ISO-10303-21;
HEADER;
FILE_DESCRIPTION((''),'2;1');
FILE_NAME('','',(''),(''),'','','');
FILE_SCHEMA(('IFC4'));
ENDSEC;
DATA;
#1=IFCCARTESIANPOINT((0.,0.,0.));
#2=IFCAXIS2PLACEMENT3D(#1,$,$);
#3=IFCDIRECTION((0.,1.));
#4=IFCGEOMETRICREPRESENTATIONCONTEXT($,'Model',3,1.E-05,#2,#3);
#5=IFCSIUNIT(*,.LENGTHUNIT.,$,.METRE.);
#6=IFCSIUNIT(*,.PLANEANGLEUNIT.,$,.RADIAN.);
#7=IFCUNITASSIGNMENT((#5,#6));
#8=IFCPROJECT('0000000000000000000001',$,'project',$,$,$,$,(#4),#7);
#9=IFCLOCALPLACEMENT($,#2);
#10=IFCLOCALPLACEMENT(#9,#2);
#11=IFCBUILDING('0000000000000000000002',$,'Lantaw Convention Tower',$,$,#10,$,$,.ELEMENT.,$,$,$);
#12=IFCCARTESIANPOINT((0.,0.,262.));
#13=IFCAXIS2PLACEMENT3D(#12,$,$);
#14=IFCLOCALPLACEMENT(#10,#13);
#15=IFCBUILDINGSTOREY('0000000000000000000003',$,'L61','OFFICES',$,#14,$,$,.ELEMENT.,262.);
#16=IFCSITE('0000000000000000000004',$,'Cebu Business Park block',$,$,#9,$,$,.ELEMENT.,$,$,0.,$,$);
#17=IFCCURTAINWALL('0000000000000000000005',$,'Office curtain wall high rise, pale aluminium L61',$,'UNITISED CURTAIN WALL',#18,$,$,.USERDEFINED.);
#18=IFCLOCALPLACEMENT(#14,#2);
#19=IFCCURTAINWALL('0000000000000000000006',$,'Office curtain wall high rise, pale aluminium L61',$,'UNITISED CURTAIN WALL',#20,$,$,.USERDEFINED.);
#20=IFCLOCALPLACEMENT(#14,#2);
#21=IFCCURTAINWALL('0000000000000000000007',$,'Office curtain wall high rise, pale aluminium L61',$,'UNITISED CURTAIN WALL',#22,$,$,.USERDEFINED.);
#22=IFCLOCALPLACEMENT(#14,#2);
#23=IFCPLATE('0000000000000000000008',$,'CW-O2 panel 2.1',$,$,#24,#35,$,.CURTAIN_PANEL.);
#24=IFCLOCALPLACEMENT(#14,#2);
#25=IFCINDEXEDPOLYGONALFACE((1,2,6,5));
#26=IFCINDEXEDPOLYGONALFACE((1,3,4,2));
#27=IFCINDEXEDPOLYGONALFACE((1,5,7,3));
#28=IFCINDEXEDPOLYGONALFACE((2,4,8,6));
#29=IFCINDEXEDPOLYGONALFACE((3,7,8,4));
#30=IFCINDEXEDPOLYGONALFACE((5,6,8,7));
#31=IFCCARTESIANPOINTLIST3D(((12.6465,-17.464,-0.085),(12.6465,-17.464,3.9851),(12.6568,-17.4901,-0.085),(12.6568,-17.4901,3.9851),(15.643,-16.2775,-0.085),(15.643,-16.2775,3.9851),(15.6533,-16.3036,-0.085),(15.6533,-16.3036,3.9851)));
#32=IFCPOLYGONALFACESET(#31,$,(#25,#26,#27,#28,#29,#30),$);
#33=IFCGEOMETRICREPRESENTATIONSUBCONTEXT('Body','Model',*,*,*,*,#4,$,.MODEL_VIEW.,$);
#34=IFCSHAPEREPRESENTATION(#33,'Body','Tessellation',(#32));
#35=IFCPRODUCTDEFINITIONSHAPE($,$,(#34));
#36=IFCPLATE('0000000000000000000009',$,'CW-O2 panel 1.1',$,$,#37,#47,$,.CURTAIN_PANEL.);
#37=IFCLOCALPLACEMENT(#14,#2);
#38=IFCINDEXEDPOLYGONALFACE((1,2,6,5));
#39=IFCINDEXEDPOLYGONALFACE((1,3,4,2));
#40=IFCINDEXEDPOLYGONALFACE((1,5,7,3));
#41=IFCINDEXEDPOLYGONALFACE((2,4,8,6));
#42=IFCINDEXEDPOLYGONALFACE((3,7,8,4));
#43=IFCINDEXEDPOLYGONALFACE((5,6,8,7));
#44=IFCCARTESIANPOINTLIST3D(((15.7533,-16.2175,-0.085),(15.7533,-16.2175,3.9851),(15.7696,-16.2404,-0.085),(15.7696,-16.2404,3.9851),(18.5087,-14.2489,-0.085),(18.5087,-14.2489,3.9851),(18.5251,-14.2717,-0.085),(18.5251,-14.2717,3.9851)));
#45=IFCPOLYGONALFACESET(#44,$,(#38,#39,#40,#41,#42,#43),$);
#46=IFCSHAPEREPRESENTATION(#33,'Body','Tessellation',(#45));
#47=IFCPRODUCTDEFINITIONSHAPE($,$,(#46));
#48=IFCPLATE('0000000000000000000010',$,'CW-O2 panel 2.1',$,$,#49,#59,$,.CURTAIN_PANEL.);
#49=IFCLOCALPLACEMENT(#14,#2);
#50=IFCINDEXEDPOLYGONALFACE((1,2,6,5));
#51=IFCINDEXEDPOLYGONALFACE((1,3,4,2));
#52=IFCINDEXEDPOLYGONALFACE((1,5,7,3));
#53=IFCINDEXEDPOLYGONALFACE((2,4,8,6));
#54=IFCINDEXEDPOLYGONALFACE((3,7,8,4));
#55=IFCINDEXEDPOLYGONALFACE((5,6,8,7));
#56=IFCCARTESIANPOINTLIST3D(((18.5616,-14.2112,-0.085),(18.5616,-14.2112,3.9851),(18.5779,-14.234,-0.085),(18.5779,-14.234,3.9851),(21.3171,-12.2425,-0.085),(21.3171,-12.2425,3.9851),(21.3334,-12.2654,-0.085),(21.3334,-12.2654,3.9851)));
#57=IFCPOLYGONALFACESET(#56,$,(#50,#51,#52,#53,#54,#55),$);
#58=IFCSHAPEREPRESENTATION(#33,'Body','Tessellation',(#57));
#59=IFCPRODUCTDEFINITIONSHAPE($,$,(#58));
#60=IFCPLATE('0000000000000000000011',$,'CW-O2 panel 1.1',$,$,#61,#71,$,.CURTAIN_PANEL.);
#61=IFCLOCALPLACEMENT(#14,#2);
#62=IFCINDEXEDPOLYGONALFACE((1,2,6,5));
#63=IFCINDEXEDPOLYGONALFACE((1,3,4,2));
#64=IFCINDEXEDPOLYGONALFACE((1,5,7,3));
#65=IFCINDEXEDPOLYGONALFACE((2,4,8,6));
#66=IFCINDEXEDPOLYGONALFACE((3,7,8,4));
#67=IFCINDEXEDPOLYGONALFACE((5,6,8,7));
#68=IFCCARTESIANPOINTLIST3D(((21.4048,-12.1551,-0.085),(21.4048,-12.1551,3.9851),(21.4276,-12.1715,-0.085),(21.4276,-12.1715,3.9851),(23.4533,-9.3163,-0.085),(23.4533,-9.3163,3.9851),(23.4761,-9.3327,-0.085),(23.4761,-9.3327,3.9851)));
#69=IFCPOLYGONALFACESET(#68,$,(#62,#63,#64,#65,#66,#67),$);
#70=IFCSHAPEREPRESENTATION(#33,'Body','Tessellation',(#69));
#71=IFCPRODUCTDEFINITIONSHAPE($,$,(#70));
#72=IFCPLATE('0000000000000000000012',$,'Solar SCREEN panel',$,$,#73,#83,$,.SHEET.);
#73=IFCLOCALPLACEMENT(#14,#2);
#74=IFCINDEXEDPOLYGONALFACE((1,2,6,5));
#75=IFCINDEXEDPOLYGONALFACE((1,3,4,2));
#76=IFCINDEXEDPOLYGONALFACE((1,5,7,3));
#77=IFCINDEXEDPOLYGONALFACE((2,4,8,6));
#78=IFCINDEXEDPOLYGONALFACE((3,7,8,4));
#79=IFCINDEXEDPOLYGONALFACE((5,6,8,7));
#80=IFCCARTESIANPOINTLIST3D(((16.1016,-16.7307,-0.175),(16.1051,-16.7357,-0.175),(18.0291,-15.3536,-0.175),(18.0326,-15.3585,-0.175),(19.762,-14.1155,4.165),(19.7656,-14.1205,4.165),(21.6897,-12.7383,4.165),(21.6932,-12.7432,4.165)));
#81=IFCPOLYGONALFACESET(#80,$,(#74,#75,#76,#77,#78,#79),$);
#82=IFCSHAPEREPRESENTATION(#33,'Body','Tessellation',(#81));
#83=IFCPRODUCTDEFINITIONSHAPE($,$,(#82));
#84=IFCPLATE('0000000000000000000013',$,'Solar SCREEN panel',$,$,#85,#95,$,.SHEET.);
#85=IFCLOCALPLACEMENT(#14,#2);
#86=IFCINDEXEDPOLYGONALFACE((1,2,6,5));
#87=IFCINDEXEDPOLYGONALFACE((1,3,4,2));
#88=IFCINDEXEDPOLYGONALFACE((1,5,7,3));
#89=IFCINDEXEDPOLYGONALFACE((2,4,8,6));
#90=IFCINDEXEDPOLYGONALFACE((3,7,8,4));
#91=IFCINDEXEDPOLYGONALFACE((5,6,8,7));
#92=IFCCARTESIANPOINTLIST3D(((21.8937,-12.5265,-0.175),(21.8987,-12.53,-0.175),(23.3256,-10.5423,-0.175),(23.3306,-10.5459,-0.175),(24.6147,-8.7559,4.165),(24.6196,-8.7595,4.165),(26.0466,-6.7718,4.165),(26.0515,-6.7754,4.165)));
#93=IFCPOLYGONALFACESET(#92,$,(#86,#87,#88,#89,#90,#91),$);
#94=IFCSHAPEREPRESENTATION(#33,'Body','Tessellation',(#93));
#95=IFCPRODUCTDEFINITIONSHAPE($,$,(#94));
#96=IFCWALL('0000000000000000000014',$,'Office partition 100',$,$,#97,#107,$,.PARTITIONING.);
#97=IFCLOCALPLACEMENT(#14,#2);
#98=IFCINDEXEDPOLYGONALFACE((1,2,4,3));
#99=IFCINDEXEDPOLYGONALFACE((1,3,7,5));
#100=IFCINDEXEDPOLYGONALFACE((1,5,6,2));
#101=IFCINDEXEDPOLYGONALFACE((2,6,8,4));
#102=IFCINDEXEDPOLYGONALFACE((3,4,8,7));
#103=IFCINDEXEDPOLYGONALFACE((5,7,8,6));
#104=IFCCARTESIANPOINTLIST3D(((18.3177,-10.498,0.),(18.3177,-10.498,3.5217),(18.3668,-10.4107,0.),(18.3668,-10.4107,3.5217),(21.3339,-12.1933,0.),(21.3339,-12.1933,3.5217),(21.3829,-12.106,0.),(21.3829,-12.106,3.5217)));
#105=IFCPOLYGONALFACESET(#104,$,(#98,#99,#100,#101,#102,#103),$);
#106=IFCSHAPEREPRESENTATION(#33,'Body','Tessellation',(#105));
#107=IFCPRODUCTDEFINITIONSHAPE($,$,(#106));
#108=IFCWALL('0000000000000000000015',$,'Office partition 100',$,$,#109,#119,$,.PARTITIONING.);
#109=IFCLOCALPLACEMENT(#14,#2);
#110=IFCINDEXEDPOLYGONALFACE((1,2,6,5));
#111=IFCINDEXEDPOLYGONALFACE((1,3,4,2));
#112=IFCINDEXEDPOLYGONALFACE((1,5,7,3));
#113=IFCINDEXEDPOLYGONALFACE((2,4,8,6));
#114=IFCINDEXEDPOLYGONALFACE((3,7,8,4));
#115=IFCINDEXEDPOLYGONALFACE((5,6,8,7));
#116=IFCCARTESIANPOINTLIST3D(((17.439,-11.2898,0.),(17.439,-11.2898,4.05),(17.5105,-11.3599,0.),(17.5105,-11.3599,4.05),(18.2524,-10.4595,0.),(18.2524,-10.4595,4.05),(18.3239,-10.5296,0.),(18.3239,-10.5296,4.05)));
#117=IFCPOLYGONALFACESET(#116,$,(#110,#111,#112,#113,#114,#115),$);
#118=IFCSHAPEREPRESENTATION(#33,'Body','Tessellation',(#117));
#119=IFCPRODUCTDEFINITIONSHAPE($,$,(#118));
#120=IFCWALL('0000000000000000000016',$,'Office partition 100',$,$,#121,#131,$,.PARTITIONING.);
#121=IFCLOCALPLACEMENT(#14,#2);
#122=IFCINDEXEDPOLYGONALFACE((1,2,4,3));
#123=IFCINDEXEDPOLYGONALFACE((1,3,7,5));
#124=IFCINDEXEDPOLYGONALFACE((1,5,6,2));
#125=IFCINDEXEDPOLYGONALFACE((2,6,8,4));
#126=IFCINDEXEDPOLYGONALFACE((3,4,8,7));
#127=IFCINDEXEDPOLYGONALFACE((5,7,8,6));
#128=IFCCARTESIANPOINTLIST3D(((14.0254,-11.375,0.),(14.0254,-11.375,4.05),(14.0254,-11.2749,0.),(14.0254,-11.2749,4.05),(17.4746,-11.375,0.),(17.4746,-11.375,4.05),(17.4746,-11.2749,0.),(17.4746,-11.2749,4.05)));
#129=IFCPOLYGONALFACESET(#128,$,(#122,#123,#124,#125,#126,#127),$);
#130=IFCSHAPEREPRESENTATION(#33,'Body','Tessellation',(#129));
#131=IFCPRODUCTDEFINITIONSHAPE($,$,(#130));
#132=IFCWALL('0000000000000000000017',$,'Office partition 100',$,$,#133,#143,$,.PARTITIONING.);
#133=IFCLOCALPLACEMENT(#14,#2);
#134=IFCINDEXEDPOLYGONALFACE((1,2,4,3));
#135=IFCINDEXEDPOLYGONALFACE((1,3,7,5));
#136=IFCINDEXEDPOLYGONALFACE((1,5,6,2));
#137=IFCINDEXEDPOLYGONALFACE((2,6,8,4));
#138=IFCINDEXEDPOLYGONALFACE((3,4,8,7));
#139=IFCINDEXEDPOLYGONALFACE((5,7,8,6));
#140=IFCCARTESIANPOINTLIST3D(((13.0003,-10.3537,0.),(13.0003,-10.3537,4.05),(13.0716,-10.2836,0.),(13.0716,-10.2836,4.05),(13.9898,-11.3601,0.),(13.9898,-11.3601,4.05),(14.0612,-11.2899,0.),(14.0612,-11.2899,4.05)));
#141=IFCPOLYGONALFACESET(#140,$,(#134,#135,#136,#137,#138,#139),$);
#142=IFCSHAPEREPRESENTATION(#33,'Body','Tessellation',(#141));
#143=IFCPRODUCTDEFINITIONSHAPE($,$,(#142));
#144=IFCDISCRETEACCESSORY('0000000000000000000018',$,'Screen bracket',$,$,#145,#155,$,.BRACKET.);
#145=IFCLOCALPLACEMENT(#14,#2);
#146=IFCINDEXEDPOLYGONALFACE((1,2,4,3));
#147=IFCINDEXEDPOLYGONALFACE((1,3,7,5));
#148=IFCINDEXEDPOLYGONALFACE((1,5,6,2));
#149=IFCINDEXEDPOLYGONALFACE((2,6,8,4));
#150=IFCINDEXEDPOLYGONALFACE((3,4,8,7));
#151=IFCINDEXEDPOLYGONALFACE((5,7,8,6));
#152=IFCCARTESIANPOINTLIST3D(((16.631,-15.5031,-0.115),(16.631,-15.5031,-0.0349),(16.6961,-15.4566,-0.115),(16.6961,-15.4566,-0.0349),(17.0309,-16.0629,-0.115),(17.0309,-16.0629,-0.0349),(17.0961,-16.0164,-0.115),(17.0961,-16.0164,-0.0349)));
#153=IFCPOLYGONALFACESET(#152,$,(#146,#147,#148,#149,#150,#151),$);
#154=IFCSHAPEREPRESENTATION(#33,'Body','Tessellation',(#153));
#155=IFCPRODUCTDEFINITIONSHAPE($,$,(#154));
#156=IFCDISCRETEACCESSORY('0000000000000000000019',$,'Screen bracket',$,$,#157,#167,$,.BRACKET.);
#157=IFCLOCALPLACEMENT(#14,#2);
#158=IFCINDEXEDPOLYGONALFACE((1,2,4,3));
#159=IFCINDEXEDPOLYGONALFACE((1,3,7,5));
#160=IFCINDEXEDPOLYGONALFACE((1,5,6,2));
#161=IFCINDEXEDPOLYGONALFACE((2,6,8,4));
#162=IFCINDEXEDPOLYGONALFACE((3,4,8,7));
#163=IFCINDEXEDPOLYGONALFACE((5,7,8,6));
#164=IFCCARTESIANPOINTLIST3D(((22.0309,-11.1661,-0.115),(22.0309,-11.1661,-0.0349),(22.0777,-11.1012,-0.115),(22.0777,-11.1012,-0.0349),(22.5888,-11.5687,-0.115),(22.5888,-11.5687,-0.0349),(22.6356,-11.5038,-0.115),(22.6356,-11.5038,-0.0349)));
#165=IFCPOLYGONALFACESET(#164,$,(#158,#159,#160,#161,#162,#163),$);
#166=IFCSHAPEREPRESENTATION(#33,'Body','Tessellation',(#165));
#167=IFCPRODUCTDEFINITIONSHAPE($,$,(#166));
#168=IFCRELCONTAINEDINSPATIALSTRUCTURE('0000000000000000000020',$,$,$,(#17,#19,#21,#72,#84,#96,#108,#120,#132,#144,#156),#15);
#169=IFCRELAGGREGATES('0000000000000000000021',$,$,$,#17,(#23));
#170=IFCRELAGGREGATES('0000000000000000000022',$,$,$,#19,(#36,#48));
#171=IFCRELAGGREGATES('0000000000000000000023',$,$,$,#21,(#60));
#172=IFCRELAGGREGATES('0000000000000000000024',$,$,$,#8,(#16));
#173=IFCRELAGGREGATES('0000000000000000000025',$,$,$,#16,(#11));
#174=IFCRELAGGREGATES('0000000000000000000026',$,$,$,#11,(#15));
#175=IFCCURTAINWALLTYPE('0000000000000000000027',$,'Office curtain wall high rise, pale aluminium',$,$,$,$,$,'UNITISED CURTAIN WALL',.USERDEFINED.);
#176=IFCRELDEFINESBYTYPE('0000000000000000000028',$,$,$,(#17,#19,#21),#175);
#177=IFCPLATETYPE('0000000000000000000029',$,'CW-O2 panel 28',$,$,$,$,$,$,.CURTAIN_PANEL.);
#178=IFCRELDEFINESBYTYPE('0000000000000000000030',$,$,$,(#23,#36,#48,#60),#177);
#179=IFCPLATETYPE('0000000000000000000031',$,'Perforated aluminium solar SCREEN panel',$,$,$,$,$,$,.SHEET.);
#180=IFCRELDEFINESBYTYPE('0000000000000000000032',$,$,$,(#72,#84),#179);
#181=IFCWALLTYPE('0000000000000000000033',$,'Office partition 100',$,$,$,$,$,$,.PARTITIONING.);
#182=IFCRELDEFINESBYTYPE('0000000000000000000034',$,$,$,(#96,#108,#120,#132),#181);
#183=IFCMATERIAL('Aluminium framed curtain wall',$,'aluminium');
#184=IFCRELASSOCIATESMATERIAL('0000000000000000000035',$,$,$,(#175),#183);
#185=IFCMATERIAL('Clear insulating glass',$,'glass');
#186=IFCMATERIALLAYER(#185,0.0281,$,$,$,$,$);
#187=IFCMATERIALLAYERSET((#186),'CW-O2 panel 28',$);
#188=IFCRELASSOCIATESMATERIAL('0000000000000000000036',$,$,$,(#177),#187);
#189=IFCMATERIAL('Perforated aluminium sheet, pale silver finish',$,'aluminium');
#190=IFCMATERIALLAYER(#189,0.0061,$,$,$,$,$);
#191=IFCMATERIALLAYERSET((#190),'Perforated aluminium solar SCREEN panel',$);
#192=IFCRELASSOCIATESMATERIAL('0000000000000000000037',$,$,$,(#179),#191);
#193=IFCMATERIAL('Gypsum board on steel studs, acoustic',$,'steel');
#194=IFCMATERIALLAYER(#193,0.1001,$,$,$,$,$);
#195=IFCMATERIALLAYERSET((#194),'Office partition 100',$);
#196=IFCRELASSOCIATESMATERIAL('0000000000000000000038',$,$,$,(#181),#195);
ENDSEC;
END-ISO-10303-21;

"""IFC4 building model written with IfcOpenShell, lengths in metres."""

from ifc_helpers import new_model, si_unit, direction, frame, frame_2d, origin, origin_2d, place, context, subcontext, project, spatial, polyline, rectangle, outline, extrude, material, layer, layer_set, type_object, element, aggregate, save


model = new_model("IFC4")

# Units and contexts
model_context = context("Model", 3, precision=1e-05, world=origin(), true_north=direction((0.0, 1.0)))
body_context = subcontext(model_context, "Body", "Model", "MODEL_VIEW")
ifc_project = project(units=[si_unit("LENGTHUNIT", "METRE"), si_unit("PLANEANGLEUNIT", "RADIAN")], contexts=[model_context])

# Site, building, storey
site_placement = place(None, origin())
site = spatial("IfcSite", under=ifc_project, at=site_placement, Name="Cebu Business Park block", CompositionType="ELEMENT", RefElevation=0.0)
building_placement = place(site_placement, origin())
building = spatial("IfcBuilding", under=site, at=building_placement, Name="Lantaw Convention Tower", CompositionType="ELEMENT")
storey_placement = place(building_placement, frame((0.0, 0.0, 262.0)))
storey = spatial("IfcBuildingStorey", under=building, at=storey_placement, Name="L61", Description="OFFICES", CompositionType="ELEMENT", Elevation=262.0)

# Curtain walls
ifc_material_1 = material(Name="Aluminium framed curtain wall", Category="aluminium")
curtain_wall_type = type_object("IfcCurtainWallType", Name="Office curtain wall high rise, pale aluminium", ElementType="UNITISED CURTAIN WALL", PredefinedType="USERDEFINED", material=ifc_material_1)
curtain_wall_1_placement = place(storey_placement, origin())
curtain_wall_1 = element("IfcCurtainWall", 1, at=curtain_wall_1_placement, inside=storey, type_object=curtain_wall_type, Name="Office curtain wall high rise, pale aluminium L61", ObjectType="UNITISED CURTAIN WALL", PredefinedType="USERDEFINED")
curtain_wall_2_placement = place(storey_placement, origin())
curtain_wall_2 = element("IfcCurtainWall", 2, at=curtain_wall_2_placement, inside=storey, type_object=curtain_wall_type, Name="Office curtain wall high rise, pale aluminium L61", ObjectType="UNITISED CURTAIN WALL", PredefinedType="USERDEFINED")
curtain_wall_3_placement = place(storey_placement, origin())
curtain_wall_3 = element("IfcCurtainWall", 3, at=curtain_wall_3_placement, inside=storey, type_object=curtain_wall_type, Name="Office curtain wall high rise, pale aluminium L61", ObjectType="UNITISED CURTAIN WALL", PredefinedType="USERDEFINED")

# Plates
ifc_material_2 = material(Name="Clear insulating glass", Category="glass")
ifc_layer_1 = layer(ifc_material_2, 0.0281)
ifc_layer_set_1 = layer_set([ifc_layer_1], Name="CW-O2 panel 28")
plate_type_1 = type_object("IfcPlateType", Name="CW-O2 panel 28", PredefinedType="CURTAIN_PANEL", material=ifc_layer_set_1)
plate_1_placement = place(storey_placement, frame((14.1499, -16.8838, -0.085), z_axis=(0.0, 0.0, 1.0), x_axis=(0.929762, 0.368162, 0.0)))
plate_1 = element("IfcPlate", 4, at=plate_1_placement, type_object=plate_type_1, Name="CW-O2 panel 2.1", PredefinedType="CURTAIN_PANEL", context=body_context, shape_type="SweptSolid", body=[
    extrude(rectangle(XDim=3.2229, YDim=0.0281, at=origin_2d()), origin(), (0.0, 0.0, 1.0), 4.0701),
])
aggregate(curtain_wall_1, [plate_1])
plate_2_placement = place(storey_placement, frame((17.1392, -15.2446, -0.085), z_axis=(0.0, 0.0, 1.0), x_axis=(0.813673, 0.581323, 0.0)))
plate_2 = element("IfcPlate", 5, at=plate_2_placement, type_object=plate_type_1, Name="CW-O2 panel 1.1", PredefinedType="CURTAIN_PANEL", context=body_context, shape_type="SweptSolid", body=[
    extrude(rectangle(XDim=3.3865, YDim=0.0281, at=origin_2d()), origin(), (0.0, 0.0, 1.0), 4.0701),
])
plate_3_placement = place(storey_placement, frame((19.9475, -13.2383, -0.085), z_axis=(0.0, 0.0, 1.0), x_axis=(0.813673, 0.581323, 0.0)))
plate_3 = element("IfcPlate", 6, at=plate_3_placement, type_object=plate_type_1, Name="CW-O2 panel 2.1", PredefinedType="CURTAIN_PANEL", context=body_context, shape_type="SweptSolid", body=[
    extrude(rectangle(XDim=3.3865, YDim=0.0281, at=origin_2d()), origin(), (0.0, 0.0, 1.0), 4.0701),
])
aggregate(curtain_wall_2, [plate_2, plate_3])
plate_4_placement = place(storey_placement, frame((22.4404, -10.7439, -0.085), z_axis=(0.0, 0.0, 1.0), x_axis=(0.585158, 0.81092, 0.0)))
plate_4 = element("IfcPlate", 7, at=plate_4_placement, type_object=plate_type_1, Name="CW-O2 panel 1.1", PredefinedType="CURTAIN_PANEL", context=body_context, shape_type="SweptSolid", body=[
    extrude(rectangle(XDim=3.5007, YDim=0.0281, at=origin_2d()), origin(), (0.0, 0.0, 1.0), 4.0701),
])
aggregate(curtain_wall_3, [plate_4])

# Plates
ifc_material_3 = material(Name="Perforated aluminium sheet, pale silver finish", Category="aluminium")
ifc_layer_2 = layer(ifc_material_3, 0.0061)
ifc_layer_set_2 = layer_set([ifc_layer_2], Name="Perforated aluminium solar SCREEN panel")
plate_type_2 = type_object("IfcPlateType", Name="Perforated aluminium solar SCREEN panel", PredefinedType="SHEET", material=ifc_layer_set_2)
plate_5_placement = place(storey_placement, frame((16.1016, -16.7307, -0.175), z_axis=(-0.581331, 0.813667, 0.00001), x_axis=(0.813667, 0.581331, 0.0)))
element("IfcPlate", 8, at=plate_5_placement, inside=storey, type_object=plate_type_2, Name="Solar SCREEN panel", PredefinedType="SHEET", context=body_context, shape_type="SweptSolid", body=[
    extrude(outline(polyline([(0.0, 0.0), (2.3689, 0.0), (6.8678, -4.3401), (4.4987, -4.3401), (0.0, 0.0)])), origin(), (0.0, 0.0, -1.0), 0.0061),
])
plate_6_placement = place(storey_placement, frame((21.8987, -12.53, -0.175), z_axis=(0.810892, -0.585195, 0.00002), x_axis=(0.585195, 0.810892, 0.0)))
element("IfcPlate", 9, at=plate_6_placement, inside=storey, type_object=plate_type_2, Name="Solar SCREEN panel", PredefinedType="SHEET", context=body_context, shape_type="SweptSolid", body=[
    extrude(outline(polyline([(0.0, 0.0), (2.4468, 0.0), (7.0966, 4.3401), (4.6498, 4.3401), (0.0, 0.0)])), origin(), (0.0, 0.0, -1.0), 0.0061),
])

# Walls
ifc_material_4 = material(Name="Gypsum board on steel studs, acoustic", Category="steel")
ifc_layer_3 = layer(ifc_material_4, 0.1001)
ifc_layer_set_3 = layer_set([ifc_layer_3], Name="Office partition 100")
wall_type = type_object("IfcWallType", Name="Office partition 100", PredefinedType="PARTITIONING", material=ifc_layer_set_3)
wall_1_placement = place(storey_placement, frame((21.3584, -12.1497, 0.0), z_axis=(0.0, 0.0, 1.0), x_axis=(-0.87173, 0.489987, 0.0)))
element("IfcWall", 10, at=wall_1_placement, inside=storey, type_object=wall_type, Name="Office partition 100", PredefinedType="PARTITIONING", context=body_context, shape_type="SweptSolid", body=[
    extrude(rectangle(XDim=3.46, YDim=0.1001, at=frame_2d((1.73, 0.0))), origin(), (0.0, 0.0, 1.0), 3.5217),
])
wall_2_placement = place(storey_placement, frame((18.2881, -10.4946, 0.0), z_axis=(0.0, 0.0, 1.0), x_axis=(-0.699824, -0.714316, 0.0)))
element("IfcWall", 11, at=wall_2_placement, inside=storey, type_object=wall_type, Name="Office partition 100", PredefinedType="PARTITIONING", context=body_context, shape_type="SweptSolid", body=[
    extrude(rectangle(XDim=1.1624, YDim=0.1001, at=frame_2d((0.5811, 0.0))), origin(), (0.0, 0.0, 1.0), 4.05),
])
wall_3_placement = place(storey_placement, frame((17.4746, -11.325, 0.0), z_axis=(0.0, 0.0, 1.0), x_axis=(-1.0, 0.0, 0.0)))
element("IfcWall", 12, at=wall_3_placement, inside=storey, type_object=wall_type, Name="Office partition 100", PredefinedType="PARTITIONING", context=body_context, shape_type="SweptSolid", body=[
    extrude(rectangle(XDim=3.4492, YDim=0.1001, at=frame_2d((1.7246, 0.0))), origin(), (0.0, 0.0, 1.0), 4.05),
])
wall_4_placement = place(storey_placement, frame((14.0254, -11.325, 0.0), z_axis=(0.0, 0.0, 1.0), x_axis=(-0.701114, 0.71305, 0.0)))
element("IfcWall", 13, at=wall_4_placement, inside=storey, type_object=wall_type, Name="Office partition 100", PredefinedType="PARTITIONING", context=body_context, shape_type="SweptSolid", body=[
    extrude(rectangle(XDim=1.4114, YDim=0.1001, at=frame_2d((0.7056, 0.0))), origin(), (0.0, 0.0, 1.0), 4.05),
])

# Discrete accessories
for number, where, z_axis, x_axis, name in (
    (14, (16.8635, -15.7598, -0.115), (0.0, 0.0, 1.0), (0.813673, 0.581323, 0.0), "Screen bracket"),
    (15, (22.3333, -11.335, -0.115), (0.0, 0.0, 1.0), (0.585158, 0.81092, 0.0), "Screen bracket"),
):
    element("IfcDiscreteAccessory", number, at=place(storey_placement, frame(where, z_axis=z_axis, x_axis=x_axis)), inside=storey, Name=name, PredefinedType="BRACKET", context=body_context, shape_type="SweptSolid", body=[
        extrude(rectangle(XDim=0.0801, YDim=0.688, at=origin_2d()), origin(), (0.0, 0.0, 1.0), 0.0801),
    ])

save(model, "model.ifc")
